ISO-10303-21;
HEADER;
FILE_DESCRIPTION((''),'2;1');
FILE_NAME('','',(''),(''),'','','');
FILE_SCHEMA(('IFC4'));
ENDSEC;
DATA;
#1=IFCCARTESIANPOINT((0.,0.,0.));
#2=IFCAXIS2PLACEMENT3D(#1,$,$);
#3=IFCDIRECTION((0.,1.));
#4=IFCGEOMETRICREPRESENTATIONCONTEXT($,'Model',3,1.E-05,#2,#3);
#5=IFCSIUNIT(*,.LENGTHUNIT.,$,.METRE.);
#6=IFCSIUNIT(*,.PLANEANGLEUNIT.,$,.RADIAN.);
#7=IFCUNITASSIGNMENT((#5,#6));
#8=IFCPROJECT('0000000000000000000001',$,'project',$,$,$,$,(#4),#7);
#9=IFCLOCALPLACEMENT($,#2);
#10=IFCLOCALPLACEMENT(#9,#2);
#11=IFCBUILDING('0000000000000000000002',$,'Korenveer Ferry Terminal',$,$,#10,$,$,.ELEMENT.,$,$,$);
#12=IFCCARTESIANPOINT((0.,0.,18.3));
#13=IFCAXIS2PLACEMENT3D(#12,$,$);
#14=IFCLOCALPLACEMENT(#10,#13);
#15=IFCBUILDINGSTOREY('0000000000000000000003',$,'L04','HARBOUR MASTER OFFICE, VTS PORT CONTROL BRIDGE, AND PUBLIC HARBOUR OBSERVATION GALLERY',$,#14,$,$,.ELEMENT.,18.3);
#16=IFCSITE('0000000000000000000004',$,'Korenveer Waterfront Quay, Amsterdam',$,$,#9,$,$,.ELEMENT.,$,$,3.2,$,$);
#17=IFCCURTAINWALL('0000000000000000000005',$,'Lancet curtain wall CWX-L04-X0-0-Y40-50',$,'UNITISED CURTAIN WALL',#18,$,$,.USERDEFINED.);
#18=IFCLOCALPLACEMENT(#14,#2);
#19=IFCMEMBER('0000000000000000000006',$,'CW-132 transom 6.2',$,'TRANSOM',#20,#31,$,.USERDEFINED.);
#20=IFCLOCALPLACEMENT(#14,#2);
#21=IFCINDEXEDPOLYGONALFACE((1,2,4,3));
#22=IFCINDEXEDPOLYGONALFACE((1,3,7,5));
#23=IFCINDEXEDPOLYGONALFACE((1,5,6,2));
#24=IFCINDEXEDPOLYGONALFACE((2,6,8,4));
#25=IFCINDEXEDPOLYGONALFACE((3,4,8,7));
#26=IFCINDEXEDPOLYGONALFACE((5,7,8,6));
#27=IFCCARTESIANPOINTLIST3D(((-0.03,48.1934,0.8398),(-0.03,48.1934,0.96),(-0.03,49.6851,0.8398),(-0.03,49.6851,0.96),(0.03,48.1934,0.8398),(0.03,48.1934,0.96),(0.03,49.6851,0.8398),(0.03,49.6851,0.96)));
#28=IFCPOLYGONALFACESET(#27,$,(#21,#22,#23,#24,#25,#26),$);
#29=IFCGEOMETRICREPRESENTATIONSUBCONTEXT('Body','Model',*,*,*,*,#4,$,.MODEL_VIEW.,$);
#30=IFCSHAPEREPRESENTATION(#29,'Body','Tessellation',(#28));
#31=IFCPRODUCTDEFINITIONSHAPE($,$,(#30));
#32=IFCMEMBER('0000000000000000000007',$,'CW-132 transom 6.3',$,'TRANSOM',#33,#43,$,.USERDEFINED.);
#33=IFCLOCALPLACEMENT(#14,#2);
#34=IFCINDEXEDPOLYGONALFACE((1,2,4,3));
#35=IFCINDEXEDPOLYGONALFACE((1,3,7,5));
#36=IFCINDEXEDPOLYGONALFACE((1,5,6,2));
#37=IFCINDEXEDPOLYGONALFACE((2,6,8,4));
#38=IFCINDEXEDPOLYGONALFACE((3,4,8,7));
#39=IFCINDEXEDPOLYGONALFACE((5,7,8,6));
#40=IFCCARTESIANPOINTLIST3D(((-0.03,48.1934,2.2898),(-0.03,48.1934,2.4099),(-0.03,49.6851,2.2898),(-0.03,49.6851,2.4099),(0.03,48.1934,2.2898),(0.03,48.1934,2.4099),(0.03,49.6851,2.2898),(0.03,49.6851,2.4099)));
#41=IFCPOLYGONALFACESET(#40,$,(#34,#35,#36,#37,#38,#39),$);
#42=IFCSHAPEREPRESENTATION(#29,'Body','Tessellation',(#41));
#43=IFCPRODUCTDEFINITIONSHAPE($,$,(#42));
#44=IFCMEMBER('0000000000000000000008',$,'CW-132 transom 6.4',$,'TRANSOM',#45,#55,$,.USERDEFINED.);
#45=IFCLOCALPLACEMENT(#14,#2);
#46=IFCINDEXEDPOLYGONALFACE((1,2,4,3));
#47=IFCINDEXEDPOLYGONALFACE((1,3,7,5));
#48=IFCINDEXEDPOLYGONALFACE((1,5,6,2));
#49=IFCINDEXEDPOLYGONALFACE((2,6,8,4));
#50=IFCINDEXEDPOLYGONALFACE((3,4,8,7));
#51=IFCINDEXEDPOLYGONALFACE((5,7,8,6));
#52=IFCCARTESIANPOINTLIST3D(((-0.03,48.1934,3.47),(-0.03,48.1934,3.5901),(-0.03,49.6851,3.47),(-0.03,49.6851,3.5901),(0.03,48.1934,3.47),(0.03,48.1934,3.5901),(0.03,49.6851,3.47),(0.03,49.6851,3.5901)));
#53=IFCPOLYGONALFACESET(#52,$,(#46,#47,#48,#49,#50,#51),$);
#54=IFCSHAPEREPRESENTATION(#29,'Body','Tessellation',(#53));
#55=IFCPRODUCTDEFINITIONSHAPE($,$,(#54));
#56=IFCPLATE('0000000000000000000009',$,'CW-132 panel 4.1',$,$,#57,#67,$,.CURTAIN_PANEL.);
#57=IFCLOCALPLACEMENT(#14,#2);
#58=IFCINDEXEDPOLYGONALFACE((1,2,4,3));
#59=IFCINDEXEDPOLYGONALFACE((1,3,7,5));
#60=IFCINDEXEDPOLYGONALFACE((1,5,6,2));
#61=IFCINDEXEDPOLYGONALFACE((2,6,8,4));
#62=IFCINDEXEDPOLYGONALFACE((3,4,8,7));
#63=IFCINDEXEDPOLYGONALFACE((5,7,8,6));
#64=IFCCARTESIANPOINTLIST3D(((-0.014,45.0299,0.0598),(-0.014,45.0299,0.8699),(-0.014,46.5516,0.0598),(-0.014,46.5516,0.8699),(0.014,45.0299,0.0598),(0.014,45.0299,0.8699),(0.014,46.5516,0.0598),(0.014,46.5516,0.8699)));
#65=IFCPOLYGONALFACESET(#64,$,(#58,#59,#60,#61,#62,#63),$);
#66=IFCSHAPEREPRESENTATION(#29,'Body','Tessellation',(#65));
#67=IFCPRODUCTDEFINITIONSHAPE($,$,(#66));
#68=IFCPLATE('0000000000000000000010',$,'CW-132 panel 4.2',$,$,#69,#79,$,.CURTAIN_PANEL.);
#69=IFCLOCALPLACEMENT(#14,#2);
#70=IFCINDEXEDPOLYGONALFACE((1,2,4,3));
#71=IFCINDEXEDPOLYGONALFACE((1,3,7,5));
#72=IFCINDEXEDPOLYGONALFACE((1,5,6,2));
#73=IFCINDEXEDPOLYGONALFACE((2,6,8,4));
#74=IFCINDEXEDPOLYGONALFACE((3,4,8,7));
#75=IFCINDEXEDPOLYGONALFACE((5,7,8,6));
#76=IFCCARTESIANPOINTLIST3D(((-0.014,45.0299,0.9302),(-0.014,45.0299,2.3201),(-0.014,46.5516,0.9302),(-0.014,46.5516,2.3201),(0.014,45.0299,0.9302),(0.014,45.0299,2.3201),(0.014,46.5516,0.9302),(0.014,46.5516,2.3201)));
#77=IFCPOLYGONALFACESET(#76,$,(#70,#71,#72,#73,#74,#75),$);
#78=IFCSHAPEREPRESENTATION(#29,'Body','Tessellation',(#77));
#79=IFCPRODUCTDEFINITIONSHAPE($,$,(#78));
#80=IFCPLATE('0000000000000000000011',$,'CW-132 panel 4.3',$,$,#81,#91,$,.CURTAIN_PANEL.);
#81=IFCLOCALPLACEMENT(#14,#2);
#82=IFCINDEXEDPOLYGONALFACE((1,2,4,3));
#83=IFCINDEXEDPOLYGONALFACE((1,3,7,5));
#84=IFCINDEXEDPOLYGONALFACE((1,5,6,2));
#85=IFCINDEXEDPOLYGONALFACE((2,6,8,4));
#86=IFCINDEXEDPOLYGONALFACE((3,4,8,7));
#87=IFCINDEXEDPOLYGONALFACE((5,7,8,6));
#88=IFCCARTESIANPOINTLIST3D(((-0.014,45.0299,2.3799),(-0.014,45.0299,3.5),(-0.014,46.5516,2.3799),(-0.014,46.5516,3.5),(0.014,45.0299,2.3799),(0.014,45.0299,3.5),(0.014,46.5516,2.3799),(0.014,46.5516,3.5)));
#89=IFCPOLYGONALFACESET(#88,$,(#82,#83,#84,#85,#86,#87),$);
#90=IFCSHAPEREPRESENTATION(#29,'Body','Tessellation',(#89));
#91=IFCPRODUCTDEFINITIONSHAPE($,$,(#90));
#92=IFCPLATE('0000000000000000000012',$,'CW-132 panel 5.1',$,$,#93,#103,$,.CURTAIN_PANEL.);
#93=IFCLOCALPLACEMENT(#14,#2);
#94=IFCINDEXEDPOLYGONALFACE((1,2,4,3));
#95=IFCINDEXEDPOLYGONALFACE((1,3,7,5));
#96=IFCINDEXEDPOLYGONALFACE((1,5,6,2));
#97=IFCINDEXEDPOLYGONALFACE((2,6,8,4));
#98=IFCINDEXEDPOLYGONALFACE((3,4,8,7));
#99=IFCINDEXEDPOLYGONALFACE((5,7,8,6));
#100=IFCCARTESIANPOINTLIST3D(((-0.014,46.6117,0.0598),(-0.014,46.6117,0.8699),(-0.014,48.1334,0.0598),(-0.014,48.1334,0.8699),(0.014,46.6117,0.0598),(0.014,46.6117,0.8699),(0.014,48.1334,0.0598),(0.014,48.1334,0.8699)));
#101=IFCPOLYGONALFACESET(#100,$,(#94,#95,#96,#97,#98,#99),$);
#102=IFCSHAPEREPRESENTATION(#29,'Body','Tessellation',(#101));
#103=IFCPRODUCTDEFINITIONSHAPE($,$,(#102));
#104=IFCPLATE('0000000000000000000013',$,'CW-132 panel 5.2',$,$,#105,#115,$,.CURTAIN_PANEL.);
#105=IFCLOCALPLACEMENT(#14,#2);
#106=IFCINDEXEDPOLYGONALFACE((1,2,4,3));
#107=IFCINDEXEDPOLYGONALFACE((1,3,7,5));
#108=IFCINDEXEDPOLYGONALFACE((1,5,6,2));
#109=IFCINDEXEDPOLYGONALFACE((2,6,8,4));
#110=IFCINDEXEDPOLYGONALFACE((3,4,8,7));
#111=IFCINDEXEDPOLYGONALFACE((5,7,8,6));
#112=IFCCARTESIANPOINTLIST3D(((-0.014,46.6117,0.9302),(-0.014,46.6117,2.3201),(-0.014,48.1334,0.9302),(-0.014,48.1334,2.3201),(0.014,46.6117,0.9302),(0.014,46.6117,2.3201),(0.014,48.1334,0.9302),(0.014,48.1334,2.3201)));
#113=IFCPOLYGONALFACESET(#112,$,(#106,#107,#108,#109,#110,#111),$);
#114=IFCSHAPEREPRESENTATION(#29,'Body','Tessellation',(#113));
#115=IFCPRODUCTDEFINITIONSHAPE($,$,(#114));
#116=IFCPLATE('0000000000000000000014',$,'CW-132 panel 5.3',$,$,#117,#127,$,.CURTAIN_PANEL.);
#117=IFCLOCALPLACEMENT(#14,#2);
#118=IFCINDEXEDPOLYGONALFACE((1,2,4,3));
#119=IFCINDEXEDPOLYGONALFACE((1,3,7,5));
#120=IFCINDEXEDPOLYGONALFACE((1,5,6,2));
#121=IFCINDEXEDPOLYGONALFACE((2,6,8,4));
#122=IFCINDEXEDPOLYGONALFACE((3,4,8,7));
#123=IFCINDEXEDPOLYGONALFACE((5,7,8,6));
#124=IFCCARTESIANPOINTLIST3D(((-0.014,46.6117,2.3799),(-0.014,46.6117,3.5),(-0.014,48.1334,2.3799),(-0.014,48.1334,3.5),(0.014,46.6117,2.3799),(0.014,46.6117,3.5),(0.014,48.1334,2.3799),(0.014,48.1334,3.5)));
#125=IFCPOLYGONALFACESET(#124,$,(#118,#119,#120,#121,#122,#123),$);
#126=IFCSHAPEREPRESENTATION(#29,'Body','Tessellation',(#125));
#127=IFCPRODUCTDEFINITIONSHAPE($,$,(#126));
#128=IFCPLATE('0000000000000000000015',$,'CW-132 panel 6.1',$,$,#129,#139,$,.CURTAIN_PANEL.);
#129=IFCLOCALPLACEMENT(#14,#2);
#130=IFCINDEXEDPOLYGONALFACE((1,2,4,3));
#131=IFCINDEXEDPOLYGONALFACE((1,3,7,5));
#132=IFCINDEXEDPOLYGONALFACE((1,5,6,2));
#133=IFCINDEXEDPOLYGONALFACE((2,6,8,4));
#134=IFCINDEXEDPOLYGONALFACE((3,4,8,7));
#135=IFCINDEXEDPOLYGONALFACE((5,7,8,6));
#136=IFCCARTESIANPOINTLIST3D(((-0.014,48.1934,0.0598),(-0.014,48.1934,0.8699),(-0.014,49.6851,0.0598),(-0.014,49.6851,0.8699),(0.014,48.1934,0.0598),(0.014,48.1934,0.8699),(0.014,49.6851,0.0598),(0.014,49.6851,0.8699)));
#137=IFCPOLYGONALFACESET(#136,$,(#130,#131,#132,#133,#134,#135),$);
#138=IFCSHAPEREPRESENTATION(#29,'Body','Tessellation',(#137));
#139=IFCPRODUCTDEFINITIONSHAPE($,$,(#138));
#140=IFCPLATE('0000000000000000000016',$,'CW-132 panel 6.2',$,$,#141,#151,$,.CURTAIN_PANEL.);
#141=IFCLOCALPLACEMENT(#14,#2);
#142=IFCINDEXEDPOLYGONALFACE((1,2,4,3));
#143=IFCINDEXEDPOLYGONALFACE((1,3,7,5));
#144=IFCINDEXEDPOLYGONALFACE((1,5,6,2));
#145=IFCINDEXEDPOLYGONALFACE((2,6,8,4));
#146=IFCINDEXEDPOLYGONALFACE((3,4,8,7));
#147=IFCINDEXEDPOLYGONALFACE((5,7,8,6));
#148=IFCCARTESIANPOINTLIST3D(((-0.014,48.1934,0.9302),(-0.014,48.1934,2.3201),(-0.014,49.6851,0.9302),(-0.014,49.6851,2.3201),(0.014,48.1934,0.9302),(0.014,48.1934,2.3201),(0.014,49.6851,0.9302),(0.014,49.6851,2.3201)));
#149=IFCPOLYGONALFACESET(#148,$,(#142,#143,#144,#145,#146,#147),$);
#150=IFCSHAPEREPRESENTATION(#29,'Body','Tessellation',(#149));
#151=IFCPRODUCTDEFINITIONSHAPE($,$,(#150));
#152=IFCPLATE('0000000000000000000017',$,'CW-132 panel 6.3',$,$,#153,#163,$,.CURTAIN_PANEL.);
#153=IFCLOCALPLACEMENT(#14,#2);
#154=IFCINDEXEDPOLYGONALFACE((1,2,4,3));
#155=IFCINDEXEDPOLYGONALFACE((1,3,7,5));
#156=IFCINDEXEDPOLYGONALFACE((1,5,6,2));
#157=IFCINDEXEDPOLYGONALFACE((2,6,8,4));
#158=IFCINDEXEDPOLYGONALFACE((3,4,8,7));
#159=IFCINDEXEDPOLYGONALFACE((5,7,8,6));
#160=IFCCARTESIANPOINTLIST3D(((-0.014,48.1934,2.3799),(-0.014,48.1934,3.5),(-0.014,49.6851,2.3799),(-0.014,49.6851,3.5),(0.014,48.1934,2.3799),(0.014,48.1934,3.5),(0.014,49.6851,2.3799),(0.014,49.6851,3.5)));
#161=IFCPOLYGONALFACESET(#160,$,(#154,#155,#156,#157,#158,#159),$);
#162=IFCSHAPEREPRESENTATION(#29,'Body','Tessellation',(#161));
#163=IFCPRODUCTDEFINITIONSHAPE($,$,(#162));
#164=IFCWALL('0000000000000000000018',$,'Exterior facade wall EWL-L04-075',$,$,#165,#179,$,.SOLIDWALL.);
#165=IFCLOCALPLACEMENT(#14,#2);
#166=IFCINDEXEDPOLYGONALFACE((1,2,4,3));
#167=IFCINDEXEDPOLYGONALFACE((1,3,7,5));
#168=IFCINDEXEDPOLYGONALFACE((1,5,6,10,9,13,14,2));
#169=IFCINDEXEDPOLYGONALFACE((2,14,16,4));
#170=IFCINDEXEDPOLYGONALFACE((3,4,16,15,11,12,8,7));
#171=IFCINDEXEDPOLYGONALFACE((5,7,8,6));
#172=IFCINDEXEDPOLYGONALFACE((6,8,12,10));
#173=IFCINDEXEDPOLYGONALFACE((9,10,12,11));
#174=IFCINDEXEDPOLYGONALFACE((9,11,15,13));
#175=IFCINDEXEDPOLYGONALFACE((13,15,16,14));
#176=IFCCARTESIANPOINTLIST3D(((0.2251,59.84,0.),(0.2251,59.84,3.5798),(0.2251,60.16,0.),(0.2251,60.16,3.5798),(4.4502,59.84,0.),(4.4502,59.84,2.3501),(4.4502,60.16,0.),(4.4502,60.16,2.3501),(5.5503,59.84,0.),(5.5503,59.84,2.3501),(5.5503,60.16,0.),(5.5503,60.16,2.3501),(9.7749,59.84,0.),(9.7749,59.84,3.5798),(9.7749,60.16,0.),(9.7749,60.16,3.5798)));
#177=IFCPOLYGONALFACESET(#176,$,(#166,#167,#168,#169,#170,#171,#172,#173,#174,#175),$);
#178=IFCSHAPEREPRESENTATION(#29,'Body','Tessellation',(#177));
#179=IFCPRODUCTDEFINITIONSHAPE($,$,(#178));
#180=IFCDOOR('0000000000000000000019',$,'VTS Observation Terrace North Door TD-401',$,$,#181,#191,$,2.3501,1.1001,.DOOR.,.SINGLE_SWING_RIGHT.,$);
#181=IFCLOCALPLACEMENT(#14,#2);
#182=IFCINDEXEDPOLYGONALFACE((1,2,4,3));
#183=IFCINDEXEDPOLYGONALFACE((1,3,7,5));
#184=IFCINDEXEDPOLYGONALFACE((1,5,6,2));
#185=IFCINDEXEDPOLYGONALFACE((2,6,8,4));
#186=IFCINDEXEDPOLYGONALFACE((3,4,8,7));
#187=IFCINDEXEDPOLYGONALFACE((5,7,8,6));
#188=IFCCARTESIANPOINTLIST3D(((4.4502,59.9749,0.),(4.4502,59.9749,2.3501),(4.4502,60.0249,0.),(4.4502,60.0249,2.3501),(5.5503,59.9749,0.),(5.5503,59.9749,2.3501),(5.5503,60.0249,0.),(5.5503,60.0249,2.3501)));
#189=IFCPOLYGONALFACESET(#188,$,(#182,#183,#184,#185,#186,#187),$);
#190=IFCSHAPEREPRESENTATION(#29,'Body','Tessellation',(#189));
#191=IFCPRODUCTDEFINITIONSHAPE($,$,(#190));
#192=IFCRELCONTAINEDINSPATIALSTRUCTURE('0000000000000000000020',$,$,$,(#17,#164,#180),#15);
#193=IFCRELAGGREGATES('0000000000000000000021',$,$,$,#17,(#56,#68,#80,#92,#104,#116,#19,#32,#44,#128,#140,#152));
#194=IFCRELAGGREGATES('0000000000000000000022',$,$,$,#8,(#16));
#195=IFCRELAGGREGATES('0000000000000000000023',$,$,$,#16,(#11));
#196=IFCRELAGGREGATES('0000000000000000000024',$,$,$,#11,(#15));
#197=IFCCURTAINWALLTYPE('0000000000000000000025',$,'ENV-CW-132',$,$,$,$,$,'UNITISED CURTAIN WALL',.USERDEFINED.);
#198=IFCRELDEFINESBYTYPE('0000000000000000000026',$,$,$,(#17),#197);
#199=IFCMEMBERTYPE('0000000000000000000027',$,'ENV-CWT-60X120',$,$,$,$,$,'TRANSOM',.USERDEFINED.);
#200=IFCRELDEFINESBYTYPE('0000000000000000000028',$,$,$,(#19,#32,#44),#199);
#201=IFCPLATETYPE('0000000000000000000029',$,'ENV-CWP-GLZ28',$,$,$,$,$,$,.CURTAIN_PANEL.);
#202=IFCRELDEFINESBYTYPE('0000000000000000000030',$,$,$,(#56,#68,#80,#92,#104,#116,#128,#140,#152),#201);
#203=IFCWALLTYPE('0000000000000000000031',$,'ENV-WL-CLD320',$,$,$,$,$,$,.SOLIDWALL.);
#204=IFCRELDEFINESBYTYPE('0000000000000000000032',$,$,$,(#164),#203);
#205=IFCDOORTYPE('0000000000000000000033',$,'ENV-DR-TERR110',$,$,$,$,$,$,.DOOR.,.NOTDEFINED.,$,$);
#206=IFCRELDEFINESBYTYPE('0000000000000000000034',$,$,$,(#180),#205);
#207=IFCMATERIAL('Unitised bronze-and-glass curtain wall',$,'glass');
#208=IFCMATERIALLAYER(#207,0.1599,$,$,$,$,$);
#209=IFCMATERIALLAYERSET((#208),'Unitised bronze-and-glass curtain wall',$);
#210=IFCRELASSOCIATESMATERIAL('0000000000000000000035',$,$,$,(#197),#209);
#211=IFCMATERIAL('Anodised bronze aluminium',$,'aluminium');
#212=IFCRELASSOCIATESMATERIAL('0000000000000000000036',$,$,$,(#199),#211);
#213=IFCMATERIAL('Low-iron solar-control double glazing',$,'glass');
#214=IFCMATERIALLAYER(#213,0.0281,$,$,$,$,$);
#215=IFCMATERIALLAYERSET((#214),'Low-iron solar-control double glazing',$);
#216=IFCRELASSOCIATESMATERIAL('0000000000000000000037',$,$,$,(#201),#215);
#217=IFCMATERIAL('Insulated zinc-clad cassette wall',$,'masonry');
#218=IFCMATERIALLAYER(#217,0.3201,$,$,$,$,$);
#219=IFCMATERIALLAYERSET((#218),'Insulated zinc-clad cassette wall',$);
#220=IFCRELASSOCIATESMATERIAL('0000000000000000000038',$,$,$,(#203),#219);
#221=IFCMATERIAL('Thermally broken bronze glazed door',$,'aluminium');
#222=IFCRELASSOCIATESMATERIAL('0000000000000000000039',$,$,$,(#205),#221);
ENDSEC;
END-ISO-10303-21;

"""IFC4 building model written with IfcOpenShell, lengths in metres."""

from ifc_helpers import new_model, si_unit, direction, frame, frame_2d, origin, origin_2d, place, context, subcontext, project, spatial, rectangle, extrude, material, layer, layer_set, material_profile, profile_set, type_object, element, fill, aggregate, save


model = new_model("IFC4")

# Units and contexts
model_context = context("Model", 3, precision=1e-05, world=origin(), true_north=direction((0.0, 1.0)))
body_context = subcontext(model_context, "Body", "Model", "MODEL_VIEW")
ifc_project = project(units=[si_unit("LENGTHUNIT", "METRE"), si_unit("PLANEANGLEUNIT", "RADIAN")], contexts=[model_context])

# Site, building, storey
site_placement = place(None, origin())
site = spatial("IfcSite", under=ifc_project, at=site_placement, Name="Korenveer Waterfront Quay, Amsterdam", CompositionType="ELEMENT", RefElevation=3.2)
building_placement = place(site_placement, origin())
building = spatial("IfcBuilding", under=site, at=building_placement, Name="Korenveer Ferry Terminal", CompositionType="ELEMENT")
storey_placement = place(building_placement, frame((0.0, 0.0, 18.3)))
storey = spatial("IfcBuildingStorey", under=building, at=storey_placement, Name="L04", Description="HARBOUR MASTER OFFICE, VTS PORT CONTROL BRIDGE, AND PUBLIC HARBOUR OBSERVATION GALLERY", CompositionType="ELEMENT", Elevation=18.3)

# Curtain wall, members, plates
ifc_material_1 = material(Name="Unitised bronze-and-glass curtain wall", Category="glass")
ifc_layer_1 = layer(ifc_material_1, 0.1599)
ifc_layer_set_1 = layer_set([ifc_layer_1], Name="Unitised bronze-and-glass curtain wall")
curtain_wall_type = type_object("IfcCurtainWallType", Name="ENV-CW-132", ElementType="UNITISED CURTAIN WALL", PredefinedType="USERDEFINED", material=ifc_layer_set_1)
curtain_wall_placement = place(storey_placement, frame((0.0, 40.2549, 0.0)))
curtain_wall = element("IfcCurtainWall", 1, at=curtain_wall_placement, inside=storey, type_object=curtain_wall_type, Name="Lancet curtain wall CWX-L04-X0-0-Y40-50", ObjectType="UNITISED CURTAIN WALL", PredefinedType="USERDEFINED")
ifc_material_2 = material(Name="Anodised bronze aluminium", Category="aluminium")
ifc_material_profile_1 = material_profile(ifc_material_2, rectangle(XDim=0.0601, YDim=0.1201, at=origin_2d()), Name="ALU 60x120")
ifc_profile_set_1 = profile_set([ifc_material_profile_1], Name="Anodised bronze aluminium")
member_type_1 = type_object("IfcMemberType", Name="ENV-CWT-60X120", ElementType="TRANSOM", PredefinedType="USERDEFINED", material=ifc_profile_set_1)
member_1_placement = place(storey_placement, frame((0.0, 48.1934, 0.8999), z_axis=(0.0, 1.0, 0.0), x_axis=(-1.0, 0.0, 0.0)))
member_1 = element("IfcMember", 2, at=member_1_placement, type_object=member_type_1, Name="CW-132 transom 6.2", ObjectType="TRANSOM", PredefinedType="USERDEFINED", context=body_context, shape_type="SweptSolid", body=[
    extrude(rectangle(XDim=0.0601, YDim=0.1201, at=origin_2d()), origin(), (0.0, 0.0, 1.0), 1.4917),
])
member_2_placement = place(storey_placement, frame((0.0, 48.1934, 2.3499), z_axis=(0.0, 1.0, 0.0), x_axis=(-1.0, 0.0, 0.0)))
member_2 = element("IfcMember", 3, at=member_2_placement, type_object=member_type_1, Name="CW-132 transom 6.3", ObjectType="TRANSOM", PredefinedType="USERDEFINED", context=body_context, shape_type="SweptSolid", body=[
    extrude(rectangle(XDim=0.0601, YDim=0.1201, at=origin_2d()), origin(), (0.0, 0.0, 1.0), 1.4917),
])
member_3_placement = place(storey_placement, frame((0.0, 48.1934, 3.53), z_axis=(0.0, 1.0, 0.0), x_axis=(-1.0, 0.0, 0.0)))
member_3 = element("IfcMember", 4, at=member_3_placement, type_object=member_type_1, Name="CW-132 transom 6.4", ObjectType="TRANSOM", PredefinedType="USERDEFINED", context=body_context, shape_type="SweptSolid", body=[
    extrude(rectangle(XDim=0.0601, YDim=0.1201, at=origin_2d()), origin(), (0.0, 0.0, 1.0), 1.4917),
])
ifc_material_3 = material(Name="Low-iron solar-control double glazing", Category="glass")
ifc_layer_2 = layer(ifc_material_3, 0.0281)
ifc_layer_set_2 = layer_set([ifc_layer_2], Name="Low-iron solar-control double glazing")
plate_type = type_object("IfcPlateType", Name="ENV-CWP-GLZ28", PredefinedType="CURTAIN_PANEL", material=ifc_layer_set_2)
plate_1_placement = place(storey_placement, frame((0.0, 45.7908, 0.0598), z_axis=(0.0, 0.0, 1.0), x_axis=(0.0, 1.0, 0.0)))
plate_1 = element("IfcPlate", 5, at=plate_1_placement, type_object=plate_type, Name="CW-132 panel 4.1", PredefinedType="CURTAIN_PANEL", context=body_context, shape_type="SweptSolid", body=[
    extrude(rectangle(XDim=1.5217, YDim=0.0281, at=origin_2d()), origin(), (0.0, 0.0, 1.0), 0.8101),
])
plate_2_placement = place(storey_placement, frame((0.0, 45.7908, 0.9302), z_axis=(0.0, 0.0, 1.0), x_axis=(0.0, 1.0, 0.0)))
plate_2 = element("IfcPlate", 6, at=plate_2_placement, type_object=plate_type, Name="CW-132 panel 4.2", PredefinedType="CURTAIN_PANEL", context=body_context, shape_type="SweptSolid", body=[
    extrude(rectangle(XDim=1.5217, YDim=0.0281, at=origin_2d()), origin(), (0.0, 0.0, 1.0), 1.3899),
])
plate_3_placement = place(storey_placement, frame((0.0, 45.7908, 2.3799), z_axis=(0.0, 0.0, 1.0), x_axis=(0.0, 1.0, 0.0)))
plate_3 = element("IfcPlate", 7, at=plate_3_placement, type_object=plate_type, Name="CW-132 panel 4.3", PredefinedType="CURTAIN_PANEL", context=body_context, shape_type="SweptSolid", body=[
    extrude(rectangle(XDim=1.5217, YDim=0.0281, at=origin_2d()), origin(), (0.0, 0.0, 1.0), 1.1201),
])
plate_4_placement = place(storey_placement, frame((0.0, 47.3726, 0.0598), z_axis=(0.0, 0.0, 1.0), x_axis=(0.0, 1.0, 0.0)))
plate_4 = element("IfcPlate", 8, at=plate_4_placement, type_object=plate_type, Name="CW-132 panel 5.1", PredefinedType="CURTAIN_PANEL", context=body_context, shape_type="SweptSolid", body=[
    extrude(rectangle(XDim=1.5217, YDim=0.0281, at=origin_2d()), origin(), (0.0, 0.0, 1.0), 0.8101),
])
plate_5_placement = place(storey_placement, frame((0.0, 47.3726, 0.9302), z_axis=(0.0, 0.0, 1.0), x_axis=(0.0, 1.0, 0.0)))
plate_5 = element("IfcPlate", 9, at=plate_5_placement, type_object=plate_type, Name="CW-132 panel 5.2", PredefinedType="CURTAIN_PANEL", context=body_context, shape_type="SweptSolid", body=[
    extrude(rectangle(XDim=1.5217, YDim=0.0281, at=origin_2d()), origin(), (0.0, 0.0, 1.0), 1.3899),
])
plate_6_placement = place(storey_placement, frame((0.0, 47.3726, 2.3799), z_axis=(0.0, 0.0, 1.0), x_axis=(0.0, 1.0, 0.0)))
plate_6 = element("IfcPlate", 10, at=plate_6_placement, type_object=plate_type, Name="CW-132 panel 5.3", PredefinedType="CURTAIN_PANEL", context=body_context, shape_type="SweptSolid", body=[
    extrude(rectangle(XDim=1.5217, YDim=0.0281, at=origin_2d()), origin(), (0.0, 0.0, 1.0), 1.1201),
])
plate_7_placement = place(storey_placement, frame((0.0, 48.9392, 0.0598), z_axis=(0.0, 0.0, 1.0), x_axis=(0.0, 1.0, 0.0)))
plate_7 = element("IfcPlate", 11, at=plate_7_placement, type_object=plate_type, Name="CW-132 panel 6.1", PredefinedType="CURTAIN_PANEL", context=body_context, shape_type="SweptSolid", body=[
    extrude(rectangle(XDim=1.4917, YDim=0.0281, at=origin_2d()), origin(), (0.0, 0.0, 1.0), 0.8101),
])
plate_8_placement = place(storey_placement, frame((0.0, 48.9392, 0.9302), z_axis=(0.0, 0.0, 1.0), x_axis=(0.0, 1.0, 0.0)))
plate_8 = element("IfcPlate", 12, at=plate_8_placement, type_object=plate_type, Name="CW-132 panel 6.2", PredefinedType="CURTAIN_PANEL", context=body_context, shape_type="SweptSolid", body=[
    extrude(rectangle(XDim=1.4917, YDim=0.0281, at=origin_2d()), origin(), (0.0, 0.0, 1.0), 1.3899),
])
plate_9_placement = place(storey_placement, frame((0.0, 48.9392, 2.3799), z_axis=(0.0, 0.0, 1.0), x_axis=(0.0, 1.0, 0.0)))
plate_9 = element("IfcPlate", 13, at=plate_9_placement, type_object=plate_type, Name="CW-132 panel 6.3", PredefinedType="CURTAIN_PANEL", context=body_context, shape_type="SweptSolid", body=[
    extrude(rectangle(XDim=1.4917, YDim=0.0281, at=origin_2d()), origin(), (0.0, 0.0, 1.0), 1.1201),
])
aggregate(curtain_wall, [plate_1, plate_2, plate_3, plate_4, plate_5, plate_6, member_1, member_2, member_3, plate_7, plate_8, plate_9])

# Wall, opening, door
ifc_material_4 = material(Name="Insulated zinc-clad cassette wall", Category="masonry")
ifc_layer_3 = layer(ifc_material_4, 0.3201)
ifc_layer_set_3 = layer_set([ifc_layer_3], Name="Insulated zinc-clad cassette wall")
wall_type = type_object("IfcWallType", Name="ENV-WL-CLD320", PredefinedType="SOLIDWALL", material=ifc_layer_set_3)
wall_1_placement = place(storey_placement, frame((0.2251, 60.0, 0.0), z_axis=(0.0, 0.0, 1.0), x_axis=(1.0, 0.0, 0.0)))
wall_1 = element("IfcWall", 14, at=wall_1_placement, inside=storey, type_object=wall_type, Name="Exterior facade wall EWL-L04-075", PredefinedType="SOLIDWALL", context=body_context, shape_type="SweptSolid", body=[
    extrude(rectangle(XDim=9.5498, YDim=0.3201, at=frame_2d((4.7749, 0.0))), origin(), (0.0, 0.0, 1.0), 3.5798),
])
opening_1_placement = place(wall_1_placement, frame((4.2251, 0.0, 0.0)))
opening_1 = element("IfcOpeningElement", 15, at=opening_1_placement, cuts=wall_1, PredefinedType="OPENING", context=body_context, shape_type="SweptSolid", body=[
    extrude(rectangle(XDim=1.1001, YDim=2.3501, at=frame_2d((0.55, 1.175))), frame((0.0, 0.1699, 0.0), z_axis=(0.0, -1.0, 0.0), x_axis=(1.0, 0.0, 0.0)), (0.0, 0.0, 1.0), 0.3401),
])
ifc_material_5 = material(Name="Thermally broken bronze glazed door", Category="aluminium")
door_type = type_object("IfcDoorType", Name="ENV-DR-TERR110", OperationType="NOTDEFINED", PredefinedType="DOOR", material=ifc_material_5)
door_placement = place(opening_1_placement, origin())
door = element("IfcDoor", 16, at=door_placement, inside=storey, type_object=door_type, Name="VTS Observation Terrace North Door TD-401", OperationType="SINGLE_SWING_RIGHT", OverallHeight=2.3501, OverallWidth=1.1001, PredefinedType="DOOR", context=body_context, shape_type="SweptSolid", body=[
    extrude(rectangle(XDim=1.1001, YDim=2.3501, at=frame_2d((0.55, 1.175))), frame((0.0, 0.0249, 0.0), z_axis=(0.0, -1.0, 0.0), x_axis=(1.0, 0.0, 0.0)), (0.0, 0.0, 1.0), 0.05),
])
fill(opening_1, door)

save(model, "model.ifc")
